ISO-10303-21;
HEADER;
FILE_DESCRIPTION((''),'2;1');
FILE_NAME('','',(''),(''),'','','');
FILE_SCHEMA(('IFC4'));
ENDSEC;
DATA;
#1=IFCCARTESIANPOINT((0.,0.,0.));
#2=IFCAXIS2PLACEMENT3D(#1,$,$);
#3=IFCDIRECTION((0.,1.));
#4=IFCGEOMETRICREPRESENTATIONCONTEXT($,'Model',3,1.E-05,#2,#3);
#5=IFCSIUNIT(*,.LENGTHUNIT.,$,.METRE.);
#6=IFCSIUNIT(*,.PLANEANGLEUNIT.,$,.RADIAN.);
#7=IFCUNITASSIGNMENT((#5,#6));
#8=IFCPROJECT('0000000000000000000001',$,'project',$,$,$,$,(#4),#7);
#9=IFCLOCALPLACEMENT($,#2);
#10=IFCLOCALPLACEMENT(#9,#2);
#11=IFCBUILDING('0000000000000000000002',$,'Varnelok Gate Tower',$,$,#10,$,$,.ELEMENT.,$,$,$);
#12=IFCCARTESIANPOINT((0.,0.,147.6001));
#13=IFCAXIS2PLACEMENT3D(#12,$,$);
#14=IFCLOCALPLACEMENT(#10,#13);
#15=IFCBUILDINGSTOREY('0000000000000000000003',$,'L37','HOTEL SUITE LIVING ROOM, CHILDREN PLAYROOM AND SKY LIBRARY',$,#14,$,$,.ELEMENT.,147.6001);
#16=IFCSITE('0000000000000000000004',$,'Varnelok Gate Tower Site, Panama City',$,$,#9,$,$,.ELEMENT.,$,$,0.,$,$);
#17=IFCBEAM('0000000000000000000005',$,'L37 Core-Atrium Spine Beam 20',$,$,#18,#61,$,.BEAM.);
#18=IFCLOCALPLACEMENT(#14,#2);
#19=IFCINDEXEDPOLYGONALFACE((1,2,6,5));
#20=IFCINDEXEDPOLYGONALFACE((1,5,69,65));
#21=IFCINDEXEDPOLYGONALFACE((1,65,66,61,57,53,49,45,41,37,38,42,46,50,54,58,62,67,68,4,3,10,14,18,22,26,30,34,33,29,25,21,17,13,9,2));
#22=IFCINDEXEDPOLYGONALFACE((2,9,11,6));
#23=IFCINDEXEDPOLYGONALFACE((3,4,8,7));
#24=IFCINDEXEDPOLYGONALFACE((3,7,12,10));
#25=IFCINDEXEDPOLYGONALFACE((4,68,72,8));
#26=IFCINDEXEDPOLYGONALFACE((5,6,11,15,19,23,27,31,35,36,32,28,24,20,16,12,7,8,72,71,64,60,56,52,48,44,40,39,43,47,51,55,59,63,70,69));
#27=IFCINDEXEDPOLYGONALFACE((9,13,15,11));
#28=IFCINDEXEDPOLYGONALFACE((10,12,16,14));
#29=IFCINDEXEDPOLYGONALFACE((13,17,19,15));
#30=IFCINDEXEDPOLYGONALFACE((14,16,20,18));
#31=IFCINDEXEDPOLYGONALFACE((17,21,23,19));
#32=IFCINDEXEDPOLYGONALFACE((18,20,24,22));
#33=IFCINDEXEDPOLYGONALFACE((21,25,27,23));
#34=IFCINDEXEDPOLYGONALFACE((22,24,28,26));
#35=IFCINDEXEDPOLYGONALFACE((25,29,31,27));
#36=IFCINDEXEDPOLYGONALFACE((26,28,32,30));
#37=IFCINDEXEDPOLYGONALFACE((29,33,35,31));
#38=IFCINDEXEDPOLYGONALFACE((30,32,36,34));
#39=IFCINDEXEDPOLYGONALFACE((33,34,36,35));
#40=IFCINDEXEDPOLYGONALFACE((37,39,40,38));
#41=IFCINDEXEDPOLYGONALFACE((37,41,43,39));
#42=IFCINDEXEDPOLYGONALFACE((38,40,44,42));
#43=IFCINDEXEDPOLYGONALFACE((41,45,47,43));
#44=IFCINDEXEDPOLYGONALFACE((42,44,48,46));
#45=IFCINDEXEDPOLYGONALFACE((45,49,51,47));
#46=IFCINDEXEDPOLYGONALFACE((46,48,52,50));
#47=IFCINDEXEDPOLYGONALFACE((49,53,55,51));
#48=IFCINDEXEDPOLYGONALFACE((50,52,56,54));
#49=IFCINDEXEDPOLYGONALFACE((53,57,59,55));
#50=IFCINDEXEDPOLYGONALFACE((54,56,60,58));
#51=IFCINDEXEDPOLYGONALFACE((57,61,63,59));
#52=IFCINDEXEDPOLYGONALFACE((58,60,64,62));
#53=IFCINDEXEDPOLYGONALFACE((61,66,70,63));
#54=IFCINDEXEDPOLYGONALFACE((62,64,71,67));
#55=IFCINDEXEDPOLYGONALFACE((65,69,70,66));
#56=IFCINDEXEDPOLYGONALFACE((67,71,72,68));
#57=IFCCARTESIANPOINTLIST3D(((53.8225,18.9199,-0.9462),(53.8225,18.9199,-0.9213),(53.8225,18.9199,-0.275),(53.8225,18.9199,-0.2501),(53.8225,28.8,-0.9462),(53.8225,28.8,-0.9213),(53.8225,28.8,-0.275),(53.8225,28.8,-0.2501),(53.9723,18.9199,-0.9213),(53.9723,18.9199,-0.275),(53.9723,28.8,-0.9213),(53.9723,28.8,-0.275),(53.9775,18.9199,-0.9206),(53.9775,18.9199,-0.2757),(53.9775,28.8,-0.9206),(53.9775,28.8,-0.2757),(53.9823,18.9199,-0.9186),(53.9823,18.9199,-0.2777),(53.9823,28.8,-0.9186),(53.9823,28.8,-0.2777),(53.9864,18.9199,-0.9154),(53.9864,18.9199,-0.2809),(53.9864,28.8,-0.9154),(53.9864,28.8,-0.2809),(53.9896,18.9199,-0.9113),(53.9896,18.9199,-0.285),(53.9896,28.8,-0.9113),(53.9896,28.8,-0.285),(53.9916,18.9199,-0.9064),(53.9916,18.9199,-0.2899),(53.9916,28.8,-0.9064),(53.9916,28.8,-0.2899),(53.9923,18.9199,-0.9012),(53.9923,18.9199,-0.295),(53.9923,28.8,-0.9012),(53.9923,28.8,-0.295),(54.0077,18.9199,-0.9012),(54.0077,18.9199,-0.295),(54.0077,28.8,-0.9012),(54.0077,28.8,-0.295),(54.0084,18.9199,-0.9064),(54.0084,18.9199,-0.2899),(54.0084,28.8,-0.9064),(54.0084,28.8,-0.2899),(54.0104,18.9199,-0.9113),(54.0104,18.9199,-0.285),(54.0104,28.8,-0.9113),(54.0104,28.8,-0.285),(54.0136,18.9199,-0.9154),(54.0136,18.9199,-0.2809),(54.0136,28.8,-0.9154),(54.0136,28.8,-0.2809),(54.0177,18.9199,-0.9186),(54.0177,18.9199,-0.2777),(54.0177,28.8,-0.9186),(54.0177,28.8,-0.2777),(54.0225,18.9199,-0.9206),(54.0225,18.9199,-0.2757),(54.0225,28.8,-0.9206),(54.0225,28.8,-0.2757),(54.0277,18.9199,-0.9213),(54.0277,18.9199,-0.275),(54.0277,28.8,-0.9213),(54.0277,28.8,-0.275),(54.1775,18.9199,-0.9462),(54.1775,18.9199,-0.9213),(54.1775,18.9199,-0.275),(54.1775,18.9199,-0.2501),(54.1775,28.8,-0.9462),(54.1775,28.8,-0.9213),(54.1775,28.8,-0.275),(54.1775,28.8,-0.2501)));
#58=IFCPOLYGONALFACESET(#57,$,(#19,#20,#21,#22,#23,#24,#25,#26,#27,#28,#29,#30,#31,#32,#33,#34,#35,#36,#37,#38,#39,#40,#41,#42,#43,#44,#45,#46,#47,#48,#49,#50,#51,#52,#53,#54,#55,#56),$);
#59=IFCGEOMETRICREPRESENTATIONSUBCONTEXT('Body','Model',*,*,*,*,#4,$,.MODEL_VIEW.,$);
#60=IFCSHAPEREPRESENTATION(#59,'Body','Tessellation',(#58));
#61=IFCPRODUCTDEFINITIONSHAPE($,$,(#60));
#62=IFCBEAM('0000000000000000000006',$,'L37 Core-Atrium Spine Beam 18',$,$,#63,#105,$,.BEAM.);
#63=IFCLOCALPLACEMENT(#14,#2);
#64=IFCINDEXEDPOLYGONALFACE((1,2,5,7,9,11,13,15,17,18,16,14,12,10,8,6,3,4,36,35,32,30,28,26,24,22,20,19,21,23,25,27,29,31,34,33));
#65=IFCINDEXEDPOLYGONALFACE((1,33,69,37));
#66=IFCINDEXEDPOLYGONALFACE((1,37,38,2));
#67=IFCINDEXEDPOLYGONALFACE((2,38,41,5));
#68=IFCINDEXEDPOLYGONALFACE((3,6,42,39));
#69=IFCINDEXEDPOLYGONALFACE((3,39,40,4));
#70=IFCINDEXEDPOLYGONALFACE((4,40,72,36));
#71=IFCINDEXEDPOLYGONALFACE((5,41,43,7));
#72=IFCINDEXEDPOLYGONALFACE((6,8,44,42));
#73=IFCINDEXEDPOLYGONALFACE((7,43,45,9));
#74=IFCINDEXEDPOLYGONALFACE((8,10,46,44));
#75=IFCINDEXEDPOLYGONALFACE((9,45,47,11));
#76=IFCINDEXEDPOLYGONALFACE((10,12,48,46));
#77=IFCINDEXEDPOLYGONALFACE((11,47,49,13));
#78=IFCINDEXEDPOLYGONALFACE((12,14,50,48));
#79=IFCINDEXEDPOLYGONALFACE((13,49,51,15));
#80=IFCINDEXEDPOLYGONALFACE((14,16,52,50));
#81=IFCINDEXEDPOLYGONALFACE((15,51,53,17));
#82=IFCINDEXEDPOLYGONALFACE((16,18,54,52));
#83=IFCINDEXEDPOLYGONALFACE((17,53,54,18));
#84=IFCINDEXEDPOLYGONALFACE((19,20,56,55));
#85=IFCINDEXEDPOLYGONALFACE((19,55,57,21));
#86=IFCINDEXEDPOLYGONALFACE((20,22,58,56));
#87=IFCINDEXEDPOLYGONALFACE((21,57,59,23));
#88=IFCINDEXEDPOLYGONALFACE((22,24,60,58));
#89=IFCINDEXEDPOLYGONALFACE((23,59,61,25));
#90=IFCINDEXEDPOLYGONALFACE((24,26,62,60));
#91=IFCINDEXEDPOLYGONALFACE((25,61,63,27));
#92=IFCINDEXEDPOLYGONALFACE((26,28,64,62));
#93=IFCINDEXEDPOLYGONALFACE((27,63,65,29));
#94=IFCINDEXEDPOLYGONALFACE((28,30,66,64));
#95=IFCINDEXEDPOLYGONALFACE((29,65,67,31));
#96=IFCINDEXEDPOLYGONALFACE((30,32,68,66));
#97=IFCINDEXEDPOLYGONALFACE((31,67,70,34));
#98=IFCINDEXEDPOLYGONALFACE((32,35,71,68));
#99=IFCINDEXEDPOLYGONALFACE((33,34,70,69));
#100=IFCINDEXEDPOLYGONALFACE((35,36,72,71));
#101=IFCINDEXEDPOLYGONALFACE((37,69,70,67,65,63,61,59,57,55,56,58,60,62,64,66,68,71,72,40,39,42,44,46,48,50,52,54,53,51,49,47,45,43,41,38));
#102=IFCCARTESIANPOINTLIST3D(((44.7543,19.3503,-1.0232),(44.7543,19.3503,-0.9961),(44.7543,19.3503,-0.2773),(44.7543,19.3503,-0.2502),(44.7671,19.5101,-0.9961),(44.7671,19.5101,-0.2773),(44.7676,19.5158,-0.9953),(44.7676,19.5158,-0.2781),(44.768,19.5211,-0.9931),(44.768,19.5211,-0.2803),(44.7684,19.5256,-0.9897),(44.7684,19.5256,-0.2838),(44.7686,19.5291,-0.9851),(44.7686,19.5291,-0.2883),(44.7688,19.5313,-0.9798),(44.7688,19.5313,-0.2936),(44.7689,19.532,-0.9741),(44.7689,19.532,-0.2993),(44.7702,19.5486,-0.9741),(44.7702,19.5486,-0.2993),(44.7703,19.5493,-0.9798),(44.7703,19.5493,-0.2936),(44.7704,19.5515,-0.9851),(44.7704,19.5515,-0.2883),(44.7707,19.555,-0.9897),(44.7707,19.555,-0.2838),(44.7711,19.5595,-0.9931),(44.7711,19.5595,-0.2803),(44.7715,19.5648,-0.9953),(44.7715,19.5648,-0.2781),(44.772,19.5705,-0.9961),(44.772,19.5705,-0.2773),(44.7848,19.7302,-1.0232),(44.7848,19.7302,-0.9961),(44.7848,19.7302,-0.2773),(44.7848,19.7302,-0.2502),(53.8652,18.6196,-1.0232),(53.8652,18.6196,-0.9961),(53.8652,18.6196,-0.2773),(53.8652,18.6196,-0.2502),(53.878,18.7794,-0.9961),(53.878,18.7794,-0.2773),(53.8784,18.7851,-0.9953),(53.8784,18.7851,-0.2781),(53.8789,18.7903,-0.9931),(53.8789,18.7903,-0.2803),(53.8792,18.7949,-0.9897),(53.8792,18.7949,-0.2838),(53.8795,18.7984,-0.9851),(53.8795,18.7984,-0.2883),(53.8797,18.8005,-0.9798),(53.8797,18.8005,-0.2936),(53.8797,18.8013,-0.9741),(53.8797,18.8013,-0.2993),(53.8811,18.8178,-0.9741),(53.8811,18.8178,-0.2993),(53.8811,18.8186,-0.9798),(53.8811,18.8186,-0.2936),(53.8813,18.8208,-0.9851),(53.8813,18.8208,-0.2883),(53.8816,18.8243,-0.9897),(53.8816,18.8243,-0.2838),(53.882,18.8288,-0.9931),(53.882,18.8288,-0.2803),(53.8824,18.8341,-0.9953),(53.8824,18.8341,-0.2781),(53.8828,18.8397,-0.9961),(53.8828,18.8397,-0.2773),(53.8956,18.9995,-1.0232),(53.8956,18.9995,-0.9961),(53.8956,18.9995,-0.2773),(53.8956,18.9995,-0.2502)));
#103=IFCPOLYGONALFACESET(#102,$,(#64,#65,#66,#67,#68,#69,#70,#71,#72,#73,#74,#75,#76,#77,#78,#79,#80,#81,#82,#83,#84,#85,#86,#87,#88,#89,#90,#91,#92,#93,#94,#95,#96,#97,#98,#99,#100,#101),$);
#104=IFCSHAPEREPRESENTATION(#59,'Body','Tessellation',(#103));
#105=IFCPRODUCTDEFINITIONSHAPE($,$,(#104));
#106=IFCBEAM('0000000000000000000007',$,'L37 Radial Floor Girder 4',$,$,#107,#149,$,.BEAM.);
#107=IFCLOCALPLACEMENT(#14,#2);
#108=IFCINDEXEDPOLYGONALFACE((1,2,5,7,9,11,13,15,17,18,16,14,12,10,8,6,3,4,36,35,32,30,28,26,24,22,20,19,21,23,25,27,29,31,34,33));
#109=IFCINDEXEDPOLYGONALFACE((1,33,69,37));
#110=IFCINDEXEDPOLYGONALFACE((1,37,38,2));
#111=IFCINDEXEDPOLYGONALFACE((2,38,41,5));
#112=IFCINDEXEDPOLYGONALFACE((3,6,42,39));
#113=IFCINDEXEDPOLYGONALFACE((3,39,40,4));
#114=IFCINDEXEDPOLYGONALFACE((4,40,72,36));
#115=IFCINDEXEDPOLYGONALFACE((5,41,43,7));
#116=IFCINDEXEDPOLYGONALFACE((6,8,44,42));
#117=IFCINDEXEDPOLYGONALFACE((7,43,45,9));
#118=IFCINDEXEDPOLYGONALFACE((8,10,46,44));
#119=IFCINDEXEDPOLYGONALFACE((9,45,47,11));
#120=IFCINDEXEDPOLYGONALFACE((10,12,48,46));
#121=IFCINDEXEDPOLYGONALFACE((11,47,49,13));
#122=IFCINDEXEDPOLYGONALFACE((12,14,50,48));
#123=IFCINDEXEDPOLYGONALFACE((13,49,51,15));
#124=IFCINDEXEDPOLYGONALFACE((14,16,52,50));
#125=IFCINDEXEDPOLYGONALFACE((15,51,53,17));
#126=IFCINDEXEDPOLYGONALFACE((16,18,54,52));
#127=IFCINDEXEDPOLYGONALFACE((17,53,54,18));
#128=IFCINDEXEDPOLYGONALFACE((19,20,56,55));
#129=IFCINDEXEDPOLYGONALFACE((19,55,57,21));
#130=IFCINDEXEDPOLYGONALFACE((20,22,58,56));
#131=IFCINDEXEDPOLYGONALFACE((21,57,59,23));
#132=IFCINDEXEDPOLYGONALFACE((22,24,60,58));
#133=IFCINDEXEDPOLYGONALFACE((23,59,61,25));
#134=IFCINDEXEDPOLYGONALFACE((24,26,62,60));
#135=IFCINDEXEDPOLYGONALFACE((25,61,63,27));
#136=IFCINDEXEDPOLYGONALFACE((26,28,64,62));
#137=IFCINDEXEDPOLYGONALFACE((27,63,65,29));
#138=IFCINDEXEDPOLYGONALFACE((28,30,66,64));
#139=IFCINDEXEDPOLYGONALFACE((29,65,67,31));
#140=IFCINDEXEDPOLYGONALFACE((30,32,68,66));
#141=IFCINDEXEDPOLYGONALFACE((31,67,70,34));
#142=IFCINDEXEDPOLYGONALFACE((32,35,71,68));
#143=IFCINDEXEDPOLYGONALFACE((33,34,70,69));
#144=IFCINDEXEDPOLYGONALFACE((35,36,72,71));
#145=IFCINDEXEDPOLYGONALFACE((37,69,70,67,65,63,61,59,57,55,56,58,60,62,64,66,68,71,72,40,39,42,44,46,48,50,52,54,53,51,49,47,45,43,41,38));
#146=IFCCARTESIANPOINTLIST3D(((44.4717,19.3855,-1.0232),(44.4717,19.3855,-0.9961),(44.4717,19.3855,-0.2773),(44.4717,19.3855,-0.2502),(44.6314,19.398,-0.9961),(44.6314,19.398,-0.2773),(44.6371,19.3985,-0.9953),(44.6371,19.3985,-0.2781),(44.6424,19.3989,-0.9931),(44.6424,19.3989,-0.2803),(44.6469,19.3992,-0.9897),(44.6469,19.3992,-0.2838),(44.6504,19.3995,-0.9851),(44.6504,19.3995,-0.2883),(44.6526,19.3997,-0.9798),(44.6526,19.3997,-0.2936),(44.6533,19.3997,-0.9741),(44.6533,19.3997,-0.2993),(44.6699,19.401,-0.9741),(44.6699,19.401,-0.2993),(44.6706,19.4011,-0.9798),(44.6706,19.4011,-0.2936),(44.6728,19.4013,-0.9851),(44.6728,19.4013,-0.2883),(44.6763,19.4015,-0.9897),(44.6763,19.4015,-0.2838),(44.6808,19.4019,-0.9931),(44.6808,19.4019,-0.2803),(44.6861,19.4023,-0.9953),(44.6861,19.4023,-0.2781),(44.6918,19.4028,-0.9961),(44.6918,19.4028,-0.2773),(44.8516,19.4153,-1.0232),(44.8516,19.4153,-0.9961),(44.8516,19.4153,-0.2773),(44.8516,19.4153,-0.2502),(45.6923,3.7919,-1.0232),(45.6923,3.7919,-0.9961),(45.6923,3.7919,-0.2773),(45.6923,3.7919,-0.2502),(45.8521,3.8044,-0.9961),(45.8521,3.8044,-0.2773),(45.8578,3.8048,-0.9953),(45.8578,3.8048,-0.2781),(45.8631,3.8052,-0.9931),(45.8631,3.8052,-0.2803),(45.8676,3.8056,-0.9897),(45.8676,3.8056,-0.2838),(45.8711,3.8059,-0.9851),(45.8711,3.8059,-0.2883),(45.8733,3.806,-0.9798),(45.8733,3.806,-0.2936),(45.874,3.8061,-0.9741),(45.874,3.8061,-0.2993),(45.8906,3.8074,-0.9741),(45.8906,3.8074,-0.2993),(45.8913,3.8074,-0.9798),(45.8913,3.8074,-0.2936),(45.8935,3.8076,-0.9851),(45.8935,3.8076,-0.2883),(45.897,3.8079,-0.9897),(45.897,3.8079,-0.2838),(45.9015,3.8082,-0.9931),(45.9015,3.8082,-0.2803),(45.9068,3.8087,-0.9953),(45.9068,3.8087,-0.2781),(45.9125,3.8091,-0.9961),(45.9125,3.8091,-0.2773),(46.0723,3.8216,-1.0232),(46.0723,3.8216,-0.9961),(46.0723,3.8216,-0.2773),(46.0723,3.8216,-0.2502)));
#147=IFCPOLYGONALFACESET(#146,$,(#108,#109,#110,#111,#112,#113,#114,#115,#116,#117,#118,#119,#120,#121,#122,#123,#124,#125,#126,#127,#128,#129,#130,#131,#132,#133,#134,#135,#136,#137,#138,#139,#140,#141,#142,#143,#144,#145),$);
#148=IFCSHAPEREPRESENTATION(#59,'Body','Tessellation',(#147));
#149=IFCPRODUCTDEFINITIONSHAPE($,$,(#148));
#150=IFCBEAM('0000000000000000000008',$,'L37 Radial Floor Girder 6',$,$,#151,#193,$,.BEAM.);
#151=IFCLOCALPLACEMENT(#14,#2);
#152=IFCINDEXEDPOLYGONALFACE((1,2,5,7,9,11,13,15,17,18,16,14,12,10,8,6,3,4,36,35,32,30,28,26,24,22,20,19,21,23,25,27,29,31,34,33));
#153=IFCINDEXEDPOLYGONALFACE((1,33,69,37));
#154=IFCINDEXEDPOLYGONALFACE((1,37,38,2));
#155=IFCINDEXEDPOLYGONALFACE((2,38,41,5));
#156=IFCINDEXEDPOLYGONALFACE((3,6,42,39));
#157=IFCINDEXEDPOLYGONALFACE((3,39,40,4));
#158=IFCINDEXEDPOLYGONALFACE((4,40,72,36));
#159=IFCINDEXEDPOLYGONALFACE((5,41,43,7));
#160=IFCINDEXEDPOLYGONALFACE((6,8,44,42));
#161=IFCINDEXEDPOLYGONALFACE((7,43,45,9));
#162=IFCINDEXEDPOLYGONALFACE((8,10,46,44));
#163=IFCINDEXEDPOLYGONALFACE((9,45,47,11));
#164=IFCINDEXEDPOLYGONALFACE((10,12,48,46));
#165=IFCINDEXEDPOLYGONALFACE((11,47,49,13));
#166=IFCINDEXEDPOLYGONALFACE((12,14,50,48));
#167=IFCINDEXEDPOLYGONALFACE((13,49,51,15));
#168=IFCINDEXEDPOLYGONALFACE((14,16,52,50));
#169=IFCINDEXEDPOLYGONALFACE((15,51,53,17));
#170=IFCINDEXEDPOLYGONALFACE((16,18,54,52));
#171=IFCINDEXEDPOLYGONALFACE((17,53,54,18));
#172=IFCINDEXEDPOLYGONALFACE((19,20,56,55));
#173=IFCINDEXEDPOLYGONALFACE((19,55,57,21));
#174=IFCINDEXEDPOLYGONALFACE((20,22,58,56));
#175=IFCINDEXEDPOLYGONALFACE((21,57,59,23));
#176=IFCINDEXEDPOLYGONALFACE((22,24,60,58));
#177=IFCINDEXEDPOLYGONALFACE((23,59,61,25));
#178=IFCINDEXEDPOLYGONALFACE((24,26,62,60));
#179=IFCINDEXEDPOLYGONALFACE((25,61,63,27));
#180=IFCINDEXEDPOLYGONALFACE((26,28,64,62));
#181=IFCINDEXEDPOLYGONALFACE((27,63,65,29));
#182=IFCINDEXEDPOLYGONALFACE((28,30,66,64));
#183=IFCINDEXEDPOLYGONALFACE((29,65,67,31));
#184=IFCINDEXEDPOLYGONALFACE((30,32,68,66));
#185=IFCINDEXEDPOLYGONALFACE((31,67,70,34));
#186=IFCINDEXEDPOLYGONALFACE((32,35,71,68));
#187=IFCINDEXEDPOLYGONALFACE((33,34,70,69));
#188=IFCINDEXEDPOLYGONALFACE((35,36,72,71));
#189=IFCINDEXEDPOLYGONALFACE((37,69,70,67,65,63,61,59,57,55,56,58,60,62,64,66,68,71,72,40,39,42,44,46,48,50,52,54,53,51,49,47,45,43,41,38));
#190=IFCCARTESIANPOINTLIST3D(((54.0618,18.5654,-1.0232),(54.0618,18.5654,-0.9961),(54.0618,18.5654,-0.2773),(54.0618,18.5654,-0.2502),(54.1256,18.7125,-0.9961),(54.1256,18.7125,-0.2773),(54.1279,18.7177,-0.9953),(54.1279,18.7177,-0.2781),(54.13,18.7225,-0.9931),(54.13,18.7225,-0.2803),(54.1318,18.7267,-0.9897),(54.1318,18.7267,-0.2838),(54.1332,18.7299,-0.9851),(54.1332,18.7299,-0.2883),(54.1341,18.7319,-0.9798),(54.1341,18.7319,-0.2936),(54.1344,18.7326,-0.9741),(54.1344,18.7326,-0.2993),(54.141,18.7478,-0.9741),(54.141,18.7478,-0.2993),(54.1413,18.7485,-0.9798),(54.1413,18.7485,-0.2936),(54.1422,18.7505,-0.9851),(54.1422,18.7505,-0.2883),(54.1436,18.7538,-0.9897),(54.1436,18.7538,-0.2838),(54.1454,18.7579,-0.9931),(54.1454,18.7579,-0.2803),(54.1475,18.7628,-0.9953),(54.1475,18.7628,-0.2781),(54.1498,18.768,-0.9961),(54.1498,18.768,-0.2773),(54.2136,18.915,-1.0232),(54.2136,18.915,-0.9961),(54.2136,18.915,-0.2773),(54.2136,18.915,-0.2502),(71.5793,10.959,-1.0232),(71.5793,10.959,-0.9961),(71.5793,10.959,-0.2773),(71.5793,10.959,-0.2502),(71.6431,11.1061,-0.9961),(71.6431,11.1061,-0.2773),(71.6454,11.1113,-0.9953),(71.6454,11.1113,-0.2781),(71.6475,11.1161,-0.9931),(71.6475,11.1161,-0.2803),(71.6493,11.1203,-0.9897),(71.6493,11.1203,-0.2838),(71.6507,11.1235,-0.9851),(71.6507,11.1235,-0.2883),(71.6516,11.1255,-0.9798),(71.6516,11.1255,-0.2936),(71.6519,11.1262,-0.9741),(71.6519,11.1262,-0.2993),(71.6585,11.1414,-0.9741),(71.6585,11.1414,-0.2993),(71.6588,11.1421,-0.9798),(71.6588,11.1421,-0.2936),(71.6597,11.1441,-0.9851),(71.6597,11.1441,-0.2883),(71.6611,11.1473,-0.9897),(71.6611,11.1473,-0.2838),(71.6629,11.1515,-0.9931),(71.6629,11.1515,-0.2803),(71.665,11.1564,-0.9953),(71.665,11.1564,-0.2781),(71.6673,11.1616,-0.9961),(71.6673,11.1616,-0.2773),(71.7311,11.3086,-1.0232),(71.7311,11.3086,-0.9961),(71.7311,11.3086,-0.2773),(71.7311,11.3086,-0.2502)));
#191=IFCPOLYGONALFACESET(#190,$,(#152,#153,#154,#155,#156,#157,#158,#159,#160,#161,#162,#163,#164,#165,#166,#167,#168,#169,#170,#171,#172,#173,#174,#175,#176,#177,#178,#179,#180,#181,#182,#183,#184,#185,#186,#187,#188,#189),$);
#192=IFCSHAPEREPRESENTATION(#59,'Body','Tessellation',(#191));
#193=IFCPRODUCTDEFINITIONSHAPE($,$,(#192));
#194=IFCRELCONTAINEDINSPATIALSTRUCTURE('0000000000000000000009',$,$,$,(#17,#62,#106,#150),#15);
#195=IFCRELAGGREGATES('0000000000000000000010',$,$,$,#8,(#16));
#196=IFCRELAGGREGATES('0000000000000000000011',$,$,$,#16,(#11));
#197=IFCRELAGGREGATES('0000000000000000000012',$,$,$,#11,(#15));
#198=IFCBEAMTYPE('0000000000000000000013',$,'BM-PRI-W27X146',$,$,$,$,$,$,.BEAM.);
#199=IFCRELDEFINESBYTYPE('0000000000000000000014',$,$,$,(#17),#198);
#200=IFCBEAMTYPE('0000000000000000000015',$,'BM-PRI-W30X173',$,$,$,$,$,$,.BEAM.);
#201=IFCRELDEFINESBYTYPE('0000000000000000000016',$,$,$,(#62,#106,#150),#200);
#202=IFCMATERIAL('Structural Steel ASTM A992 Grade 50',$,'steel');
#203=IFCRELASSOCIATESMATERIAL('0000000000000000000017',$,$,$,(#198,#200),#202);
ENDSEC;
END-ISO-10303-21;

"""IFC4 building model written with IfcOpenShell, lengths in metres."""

from ifc_helpers import new_model, si_unit, direction, frame, origin, origin_2d, place, context, subcontext, project, spatial, i_section, extrude, material, material_profile, profile_set, type_object, element, save


model = new_model("IFC4")

# Units and contexts
model_context = context("Model", 3, precision=1e-05, world=origin(), true_north=direction((0.0, 1.0)))
body_context = subcontext(model_context, "Body", "Model", "MODEL_VIEW")
ifc_project = project(units=[si_unit("LENGTHUNIT", "METRE"), si_unit("PLANEANGLEUNIT", "RADIAN")], contexts=[model_context])

# Site, building, storey
site_placement = place(None, origin())
site = spatial("IfcSite", under=ifc_project, at=site_placement, Name="Varnelok Gate Tower Site, Panama City", CompositionType="ELEMENT", RefElevation=0.0)
building_placement = place(site_placement, origin())
building = spatial("IfcBuilding", under=site, at=building_placement, Name="Varnelok Gate Tower", CompositionType="ELEMENT")
storey_placement = place(building_placement, frame((0.0, 0.0, 147.6001)))
storey = spatial("IfcBuildingStorey", under=building, at=storey_placement, Name="L37", Description="HOTEL SUITE LIVING ROOM, CHILDREN PLAYROOM AND SKY LIBRARY", CompositionType="ELEMENT", Elevation=147.6001)

# Shared definitions
ifc_material_1 = material(Name="Structural Steel ASTM A992 Grade 50", Category="steel")

# Beams
ifc_material_profile_1 = material_profile(ifc_material_1, i_section(OverallWidth=0.355, OverallDepth=0.696, WebThickness=0.0154, FlangeThickness=0.0249, FilletRadius=0.02, at=origin_2d()), Name="W27X146")
ifc_profile_set_1 = profile_set([ifc_material_profile_1], Name="Structural Steel ASTM A992 Grade 50")
beam_type_1 = type_object("IfcBeamType", Name="BM-PRI-W27X146", PredefinedType="BEAM", material=ifc_profile_set_1)
beam_1_placement = place(storey_placement, frame((54.0, 18.9199, -0.5981), z_axis=(0.0, 1.0, 0.0), x_axis=(-1.0, 0.0, 0.0)))
element("IfcBeam", 1, at=beam_1_placement, inside=storey, type_object=beam_type_1, Name="L37 Core-Atrium Spine Beam 20", PredefinedType="BEAM", context=body_context, shape_type="SweptSolid", body=[
    extrude(i_section(OverallWidth=0.355, OverallDepth=0.696, WebThickness=0.0154, FlangeThickness=0.0249, FilletRadius=0.02, at=origin_2d()), origin(), (0.0, 0.0, 1.0), 9.8801),
])
ifc_material_profile_2 = material_profile(ifc_material_1, i_section(OverallWidth=0.3811, OverallDepth=0.7729, WebThickness=0.0166, FlangeThickness=0.0271, FilletRadius=0.022, at=origin_2d()), Name="W30X173")
ifc_profile_set_2 = profile_set([ifc_material_profile_2], Name="Structural Steel ASTM A992 Grade 50")
beam_type_2 = type_object("IfcBeamType", Name="BM-PRI-W30X173", PredefinedType="BEAM", material=ifc_profile_set_2)
beam_2_placement = place(storey_placement, frame((44.7695, 19.5403, -0.6367), z_axis=(0.996799, -0.079946, 0.0), x_axis=(0.079946, 0.996799, 0.0)))
element("IfcBeam", 2, at=beam_2_placement, inside=storey, type_object=beam_type_2, Name="L37 Core-Atrium Spine Beam 18", PredefinedType="BEAM", context=body_context, shape_type="SweptSolid", body=[
    extrude(i_section(OverallWidth=0.3811, OverallDepth=0.7729, WebThickness=0.0166, FlangeThickness=0.0271, FilletRadius=0.022, at=origin_2d()), origin(), (0.0, 0.0, 1.0), 9.1401),
])
beam_3_placement = place(storey_placement, frame((44.6616, 19.4004, -0.6367), z_axis=(0.078043, -0.99695, 0.0), x_axis=(0.99695, 0.078043, 0.0)))
element("IfcBeam", 3, at=beam_3_placement, inside=storey, type_object=beam_type_2, Name="L37 Radial Floor Girder 4", PredefinedType="BEAM", context=body_context, shape_type="SweptSolid", body=[
    extrude(i_section(OverallWidth=0.3811, OverallDepth=0.7729, WebThickness=0.0166, FlangeThickness=0.0271, FilletRadius=0.022, at=origin_2d()), origin(), (0.0, 0.0, 1.0), 15.6414),
])
beam_4_placement = place(storey_placement, frame((54.1377, 18.7402, -0.6367), z_axis=(0.917259, -0.39829, 0.0), x_axis=(0.39829, 0.917259, 0.0)))
element("IfcBeam", 4, at=beam_4_placement, inside=storey, type_object=beam_type_2, Name="L37 Radial Floor Girder 6", PredefinedType="BEAM", context=body_context, shape_type="SweptSolid", body=[
    extrude(i_section(OverallWidth=0.3811, OverallDepth=0.7729, WebThickness=0.0166, FlangeThickness=0.0271, FilletRadius=0.022, at=origin_2d()), origin(), (0.0, 0.0, 1.0), 19.0977),
])

save(model, "model.ifc")
